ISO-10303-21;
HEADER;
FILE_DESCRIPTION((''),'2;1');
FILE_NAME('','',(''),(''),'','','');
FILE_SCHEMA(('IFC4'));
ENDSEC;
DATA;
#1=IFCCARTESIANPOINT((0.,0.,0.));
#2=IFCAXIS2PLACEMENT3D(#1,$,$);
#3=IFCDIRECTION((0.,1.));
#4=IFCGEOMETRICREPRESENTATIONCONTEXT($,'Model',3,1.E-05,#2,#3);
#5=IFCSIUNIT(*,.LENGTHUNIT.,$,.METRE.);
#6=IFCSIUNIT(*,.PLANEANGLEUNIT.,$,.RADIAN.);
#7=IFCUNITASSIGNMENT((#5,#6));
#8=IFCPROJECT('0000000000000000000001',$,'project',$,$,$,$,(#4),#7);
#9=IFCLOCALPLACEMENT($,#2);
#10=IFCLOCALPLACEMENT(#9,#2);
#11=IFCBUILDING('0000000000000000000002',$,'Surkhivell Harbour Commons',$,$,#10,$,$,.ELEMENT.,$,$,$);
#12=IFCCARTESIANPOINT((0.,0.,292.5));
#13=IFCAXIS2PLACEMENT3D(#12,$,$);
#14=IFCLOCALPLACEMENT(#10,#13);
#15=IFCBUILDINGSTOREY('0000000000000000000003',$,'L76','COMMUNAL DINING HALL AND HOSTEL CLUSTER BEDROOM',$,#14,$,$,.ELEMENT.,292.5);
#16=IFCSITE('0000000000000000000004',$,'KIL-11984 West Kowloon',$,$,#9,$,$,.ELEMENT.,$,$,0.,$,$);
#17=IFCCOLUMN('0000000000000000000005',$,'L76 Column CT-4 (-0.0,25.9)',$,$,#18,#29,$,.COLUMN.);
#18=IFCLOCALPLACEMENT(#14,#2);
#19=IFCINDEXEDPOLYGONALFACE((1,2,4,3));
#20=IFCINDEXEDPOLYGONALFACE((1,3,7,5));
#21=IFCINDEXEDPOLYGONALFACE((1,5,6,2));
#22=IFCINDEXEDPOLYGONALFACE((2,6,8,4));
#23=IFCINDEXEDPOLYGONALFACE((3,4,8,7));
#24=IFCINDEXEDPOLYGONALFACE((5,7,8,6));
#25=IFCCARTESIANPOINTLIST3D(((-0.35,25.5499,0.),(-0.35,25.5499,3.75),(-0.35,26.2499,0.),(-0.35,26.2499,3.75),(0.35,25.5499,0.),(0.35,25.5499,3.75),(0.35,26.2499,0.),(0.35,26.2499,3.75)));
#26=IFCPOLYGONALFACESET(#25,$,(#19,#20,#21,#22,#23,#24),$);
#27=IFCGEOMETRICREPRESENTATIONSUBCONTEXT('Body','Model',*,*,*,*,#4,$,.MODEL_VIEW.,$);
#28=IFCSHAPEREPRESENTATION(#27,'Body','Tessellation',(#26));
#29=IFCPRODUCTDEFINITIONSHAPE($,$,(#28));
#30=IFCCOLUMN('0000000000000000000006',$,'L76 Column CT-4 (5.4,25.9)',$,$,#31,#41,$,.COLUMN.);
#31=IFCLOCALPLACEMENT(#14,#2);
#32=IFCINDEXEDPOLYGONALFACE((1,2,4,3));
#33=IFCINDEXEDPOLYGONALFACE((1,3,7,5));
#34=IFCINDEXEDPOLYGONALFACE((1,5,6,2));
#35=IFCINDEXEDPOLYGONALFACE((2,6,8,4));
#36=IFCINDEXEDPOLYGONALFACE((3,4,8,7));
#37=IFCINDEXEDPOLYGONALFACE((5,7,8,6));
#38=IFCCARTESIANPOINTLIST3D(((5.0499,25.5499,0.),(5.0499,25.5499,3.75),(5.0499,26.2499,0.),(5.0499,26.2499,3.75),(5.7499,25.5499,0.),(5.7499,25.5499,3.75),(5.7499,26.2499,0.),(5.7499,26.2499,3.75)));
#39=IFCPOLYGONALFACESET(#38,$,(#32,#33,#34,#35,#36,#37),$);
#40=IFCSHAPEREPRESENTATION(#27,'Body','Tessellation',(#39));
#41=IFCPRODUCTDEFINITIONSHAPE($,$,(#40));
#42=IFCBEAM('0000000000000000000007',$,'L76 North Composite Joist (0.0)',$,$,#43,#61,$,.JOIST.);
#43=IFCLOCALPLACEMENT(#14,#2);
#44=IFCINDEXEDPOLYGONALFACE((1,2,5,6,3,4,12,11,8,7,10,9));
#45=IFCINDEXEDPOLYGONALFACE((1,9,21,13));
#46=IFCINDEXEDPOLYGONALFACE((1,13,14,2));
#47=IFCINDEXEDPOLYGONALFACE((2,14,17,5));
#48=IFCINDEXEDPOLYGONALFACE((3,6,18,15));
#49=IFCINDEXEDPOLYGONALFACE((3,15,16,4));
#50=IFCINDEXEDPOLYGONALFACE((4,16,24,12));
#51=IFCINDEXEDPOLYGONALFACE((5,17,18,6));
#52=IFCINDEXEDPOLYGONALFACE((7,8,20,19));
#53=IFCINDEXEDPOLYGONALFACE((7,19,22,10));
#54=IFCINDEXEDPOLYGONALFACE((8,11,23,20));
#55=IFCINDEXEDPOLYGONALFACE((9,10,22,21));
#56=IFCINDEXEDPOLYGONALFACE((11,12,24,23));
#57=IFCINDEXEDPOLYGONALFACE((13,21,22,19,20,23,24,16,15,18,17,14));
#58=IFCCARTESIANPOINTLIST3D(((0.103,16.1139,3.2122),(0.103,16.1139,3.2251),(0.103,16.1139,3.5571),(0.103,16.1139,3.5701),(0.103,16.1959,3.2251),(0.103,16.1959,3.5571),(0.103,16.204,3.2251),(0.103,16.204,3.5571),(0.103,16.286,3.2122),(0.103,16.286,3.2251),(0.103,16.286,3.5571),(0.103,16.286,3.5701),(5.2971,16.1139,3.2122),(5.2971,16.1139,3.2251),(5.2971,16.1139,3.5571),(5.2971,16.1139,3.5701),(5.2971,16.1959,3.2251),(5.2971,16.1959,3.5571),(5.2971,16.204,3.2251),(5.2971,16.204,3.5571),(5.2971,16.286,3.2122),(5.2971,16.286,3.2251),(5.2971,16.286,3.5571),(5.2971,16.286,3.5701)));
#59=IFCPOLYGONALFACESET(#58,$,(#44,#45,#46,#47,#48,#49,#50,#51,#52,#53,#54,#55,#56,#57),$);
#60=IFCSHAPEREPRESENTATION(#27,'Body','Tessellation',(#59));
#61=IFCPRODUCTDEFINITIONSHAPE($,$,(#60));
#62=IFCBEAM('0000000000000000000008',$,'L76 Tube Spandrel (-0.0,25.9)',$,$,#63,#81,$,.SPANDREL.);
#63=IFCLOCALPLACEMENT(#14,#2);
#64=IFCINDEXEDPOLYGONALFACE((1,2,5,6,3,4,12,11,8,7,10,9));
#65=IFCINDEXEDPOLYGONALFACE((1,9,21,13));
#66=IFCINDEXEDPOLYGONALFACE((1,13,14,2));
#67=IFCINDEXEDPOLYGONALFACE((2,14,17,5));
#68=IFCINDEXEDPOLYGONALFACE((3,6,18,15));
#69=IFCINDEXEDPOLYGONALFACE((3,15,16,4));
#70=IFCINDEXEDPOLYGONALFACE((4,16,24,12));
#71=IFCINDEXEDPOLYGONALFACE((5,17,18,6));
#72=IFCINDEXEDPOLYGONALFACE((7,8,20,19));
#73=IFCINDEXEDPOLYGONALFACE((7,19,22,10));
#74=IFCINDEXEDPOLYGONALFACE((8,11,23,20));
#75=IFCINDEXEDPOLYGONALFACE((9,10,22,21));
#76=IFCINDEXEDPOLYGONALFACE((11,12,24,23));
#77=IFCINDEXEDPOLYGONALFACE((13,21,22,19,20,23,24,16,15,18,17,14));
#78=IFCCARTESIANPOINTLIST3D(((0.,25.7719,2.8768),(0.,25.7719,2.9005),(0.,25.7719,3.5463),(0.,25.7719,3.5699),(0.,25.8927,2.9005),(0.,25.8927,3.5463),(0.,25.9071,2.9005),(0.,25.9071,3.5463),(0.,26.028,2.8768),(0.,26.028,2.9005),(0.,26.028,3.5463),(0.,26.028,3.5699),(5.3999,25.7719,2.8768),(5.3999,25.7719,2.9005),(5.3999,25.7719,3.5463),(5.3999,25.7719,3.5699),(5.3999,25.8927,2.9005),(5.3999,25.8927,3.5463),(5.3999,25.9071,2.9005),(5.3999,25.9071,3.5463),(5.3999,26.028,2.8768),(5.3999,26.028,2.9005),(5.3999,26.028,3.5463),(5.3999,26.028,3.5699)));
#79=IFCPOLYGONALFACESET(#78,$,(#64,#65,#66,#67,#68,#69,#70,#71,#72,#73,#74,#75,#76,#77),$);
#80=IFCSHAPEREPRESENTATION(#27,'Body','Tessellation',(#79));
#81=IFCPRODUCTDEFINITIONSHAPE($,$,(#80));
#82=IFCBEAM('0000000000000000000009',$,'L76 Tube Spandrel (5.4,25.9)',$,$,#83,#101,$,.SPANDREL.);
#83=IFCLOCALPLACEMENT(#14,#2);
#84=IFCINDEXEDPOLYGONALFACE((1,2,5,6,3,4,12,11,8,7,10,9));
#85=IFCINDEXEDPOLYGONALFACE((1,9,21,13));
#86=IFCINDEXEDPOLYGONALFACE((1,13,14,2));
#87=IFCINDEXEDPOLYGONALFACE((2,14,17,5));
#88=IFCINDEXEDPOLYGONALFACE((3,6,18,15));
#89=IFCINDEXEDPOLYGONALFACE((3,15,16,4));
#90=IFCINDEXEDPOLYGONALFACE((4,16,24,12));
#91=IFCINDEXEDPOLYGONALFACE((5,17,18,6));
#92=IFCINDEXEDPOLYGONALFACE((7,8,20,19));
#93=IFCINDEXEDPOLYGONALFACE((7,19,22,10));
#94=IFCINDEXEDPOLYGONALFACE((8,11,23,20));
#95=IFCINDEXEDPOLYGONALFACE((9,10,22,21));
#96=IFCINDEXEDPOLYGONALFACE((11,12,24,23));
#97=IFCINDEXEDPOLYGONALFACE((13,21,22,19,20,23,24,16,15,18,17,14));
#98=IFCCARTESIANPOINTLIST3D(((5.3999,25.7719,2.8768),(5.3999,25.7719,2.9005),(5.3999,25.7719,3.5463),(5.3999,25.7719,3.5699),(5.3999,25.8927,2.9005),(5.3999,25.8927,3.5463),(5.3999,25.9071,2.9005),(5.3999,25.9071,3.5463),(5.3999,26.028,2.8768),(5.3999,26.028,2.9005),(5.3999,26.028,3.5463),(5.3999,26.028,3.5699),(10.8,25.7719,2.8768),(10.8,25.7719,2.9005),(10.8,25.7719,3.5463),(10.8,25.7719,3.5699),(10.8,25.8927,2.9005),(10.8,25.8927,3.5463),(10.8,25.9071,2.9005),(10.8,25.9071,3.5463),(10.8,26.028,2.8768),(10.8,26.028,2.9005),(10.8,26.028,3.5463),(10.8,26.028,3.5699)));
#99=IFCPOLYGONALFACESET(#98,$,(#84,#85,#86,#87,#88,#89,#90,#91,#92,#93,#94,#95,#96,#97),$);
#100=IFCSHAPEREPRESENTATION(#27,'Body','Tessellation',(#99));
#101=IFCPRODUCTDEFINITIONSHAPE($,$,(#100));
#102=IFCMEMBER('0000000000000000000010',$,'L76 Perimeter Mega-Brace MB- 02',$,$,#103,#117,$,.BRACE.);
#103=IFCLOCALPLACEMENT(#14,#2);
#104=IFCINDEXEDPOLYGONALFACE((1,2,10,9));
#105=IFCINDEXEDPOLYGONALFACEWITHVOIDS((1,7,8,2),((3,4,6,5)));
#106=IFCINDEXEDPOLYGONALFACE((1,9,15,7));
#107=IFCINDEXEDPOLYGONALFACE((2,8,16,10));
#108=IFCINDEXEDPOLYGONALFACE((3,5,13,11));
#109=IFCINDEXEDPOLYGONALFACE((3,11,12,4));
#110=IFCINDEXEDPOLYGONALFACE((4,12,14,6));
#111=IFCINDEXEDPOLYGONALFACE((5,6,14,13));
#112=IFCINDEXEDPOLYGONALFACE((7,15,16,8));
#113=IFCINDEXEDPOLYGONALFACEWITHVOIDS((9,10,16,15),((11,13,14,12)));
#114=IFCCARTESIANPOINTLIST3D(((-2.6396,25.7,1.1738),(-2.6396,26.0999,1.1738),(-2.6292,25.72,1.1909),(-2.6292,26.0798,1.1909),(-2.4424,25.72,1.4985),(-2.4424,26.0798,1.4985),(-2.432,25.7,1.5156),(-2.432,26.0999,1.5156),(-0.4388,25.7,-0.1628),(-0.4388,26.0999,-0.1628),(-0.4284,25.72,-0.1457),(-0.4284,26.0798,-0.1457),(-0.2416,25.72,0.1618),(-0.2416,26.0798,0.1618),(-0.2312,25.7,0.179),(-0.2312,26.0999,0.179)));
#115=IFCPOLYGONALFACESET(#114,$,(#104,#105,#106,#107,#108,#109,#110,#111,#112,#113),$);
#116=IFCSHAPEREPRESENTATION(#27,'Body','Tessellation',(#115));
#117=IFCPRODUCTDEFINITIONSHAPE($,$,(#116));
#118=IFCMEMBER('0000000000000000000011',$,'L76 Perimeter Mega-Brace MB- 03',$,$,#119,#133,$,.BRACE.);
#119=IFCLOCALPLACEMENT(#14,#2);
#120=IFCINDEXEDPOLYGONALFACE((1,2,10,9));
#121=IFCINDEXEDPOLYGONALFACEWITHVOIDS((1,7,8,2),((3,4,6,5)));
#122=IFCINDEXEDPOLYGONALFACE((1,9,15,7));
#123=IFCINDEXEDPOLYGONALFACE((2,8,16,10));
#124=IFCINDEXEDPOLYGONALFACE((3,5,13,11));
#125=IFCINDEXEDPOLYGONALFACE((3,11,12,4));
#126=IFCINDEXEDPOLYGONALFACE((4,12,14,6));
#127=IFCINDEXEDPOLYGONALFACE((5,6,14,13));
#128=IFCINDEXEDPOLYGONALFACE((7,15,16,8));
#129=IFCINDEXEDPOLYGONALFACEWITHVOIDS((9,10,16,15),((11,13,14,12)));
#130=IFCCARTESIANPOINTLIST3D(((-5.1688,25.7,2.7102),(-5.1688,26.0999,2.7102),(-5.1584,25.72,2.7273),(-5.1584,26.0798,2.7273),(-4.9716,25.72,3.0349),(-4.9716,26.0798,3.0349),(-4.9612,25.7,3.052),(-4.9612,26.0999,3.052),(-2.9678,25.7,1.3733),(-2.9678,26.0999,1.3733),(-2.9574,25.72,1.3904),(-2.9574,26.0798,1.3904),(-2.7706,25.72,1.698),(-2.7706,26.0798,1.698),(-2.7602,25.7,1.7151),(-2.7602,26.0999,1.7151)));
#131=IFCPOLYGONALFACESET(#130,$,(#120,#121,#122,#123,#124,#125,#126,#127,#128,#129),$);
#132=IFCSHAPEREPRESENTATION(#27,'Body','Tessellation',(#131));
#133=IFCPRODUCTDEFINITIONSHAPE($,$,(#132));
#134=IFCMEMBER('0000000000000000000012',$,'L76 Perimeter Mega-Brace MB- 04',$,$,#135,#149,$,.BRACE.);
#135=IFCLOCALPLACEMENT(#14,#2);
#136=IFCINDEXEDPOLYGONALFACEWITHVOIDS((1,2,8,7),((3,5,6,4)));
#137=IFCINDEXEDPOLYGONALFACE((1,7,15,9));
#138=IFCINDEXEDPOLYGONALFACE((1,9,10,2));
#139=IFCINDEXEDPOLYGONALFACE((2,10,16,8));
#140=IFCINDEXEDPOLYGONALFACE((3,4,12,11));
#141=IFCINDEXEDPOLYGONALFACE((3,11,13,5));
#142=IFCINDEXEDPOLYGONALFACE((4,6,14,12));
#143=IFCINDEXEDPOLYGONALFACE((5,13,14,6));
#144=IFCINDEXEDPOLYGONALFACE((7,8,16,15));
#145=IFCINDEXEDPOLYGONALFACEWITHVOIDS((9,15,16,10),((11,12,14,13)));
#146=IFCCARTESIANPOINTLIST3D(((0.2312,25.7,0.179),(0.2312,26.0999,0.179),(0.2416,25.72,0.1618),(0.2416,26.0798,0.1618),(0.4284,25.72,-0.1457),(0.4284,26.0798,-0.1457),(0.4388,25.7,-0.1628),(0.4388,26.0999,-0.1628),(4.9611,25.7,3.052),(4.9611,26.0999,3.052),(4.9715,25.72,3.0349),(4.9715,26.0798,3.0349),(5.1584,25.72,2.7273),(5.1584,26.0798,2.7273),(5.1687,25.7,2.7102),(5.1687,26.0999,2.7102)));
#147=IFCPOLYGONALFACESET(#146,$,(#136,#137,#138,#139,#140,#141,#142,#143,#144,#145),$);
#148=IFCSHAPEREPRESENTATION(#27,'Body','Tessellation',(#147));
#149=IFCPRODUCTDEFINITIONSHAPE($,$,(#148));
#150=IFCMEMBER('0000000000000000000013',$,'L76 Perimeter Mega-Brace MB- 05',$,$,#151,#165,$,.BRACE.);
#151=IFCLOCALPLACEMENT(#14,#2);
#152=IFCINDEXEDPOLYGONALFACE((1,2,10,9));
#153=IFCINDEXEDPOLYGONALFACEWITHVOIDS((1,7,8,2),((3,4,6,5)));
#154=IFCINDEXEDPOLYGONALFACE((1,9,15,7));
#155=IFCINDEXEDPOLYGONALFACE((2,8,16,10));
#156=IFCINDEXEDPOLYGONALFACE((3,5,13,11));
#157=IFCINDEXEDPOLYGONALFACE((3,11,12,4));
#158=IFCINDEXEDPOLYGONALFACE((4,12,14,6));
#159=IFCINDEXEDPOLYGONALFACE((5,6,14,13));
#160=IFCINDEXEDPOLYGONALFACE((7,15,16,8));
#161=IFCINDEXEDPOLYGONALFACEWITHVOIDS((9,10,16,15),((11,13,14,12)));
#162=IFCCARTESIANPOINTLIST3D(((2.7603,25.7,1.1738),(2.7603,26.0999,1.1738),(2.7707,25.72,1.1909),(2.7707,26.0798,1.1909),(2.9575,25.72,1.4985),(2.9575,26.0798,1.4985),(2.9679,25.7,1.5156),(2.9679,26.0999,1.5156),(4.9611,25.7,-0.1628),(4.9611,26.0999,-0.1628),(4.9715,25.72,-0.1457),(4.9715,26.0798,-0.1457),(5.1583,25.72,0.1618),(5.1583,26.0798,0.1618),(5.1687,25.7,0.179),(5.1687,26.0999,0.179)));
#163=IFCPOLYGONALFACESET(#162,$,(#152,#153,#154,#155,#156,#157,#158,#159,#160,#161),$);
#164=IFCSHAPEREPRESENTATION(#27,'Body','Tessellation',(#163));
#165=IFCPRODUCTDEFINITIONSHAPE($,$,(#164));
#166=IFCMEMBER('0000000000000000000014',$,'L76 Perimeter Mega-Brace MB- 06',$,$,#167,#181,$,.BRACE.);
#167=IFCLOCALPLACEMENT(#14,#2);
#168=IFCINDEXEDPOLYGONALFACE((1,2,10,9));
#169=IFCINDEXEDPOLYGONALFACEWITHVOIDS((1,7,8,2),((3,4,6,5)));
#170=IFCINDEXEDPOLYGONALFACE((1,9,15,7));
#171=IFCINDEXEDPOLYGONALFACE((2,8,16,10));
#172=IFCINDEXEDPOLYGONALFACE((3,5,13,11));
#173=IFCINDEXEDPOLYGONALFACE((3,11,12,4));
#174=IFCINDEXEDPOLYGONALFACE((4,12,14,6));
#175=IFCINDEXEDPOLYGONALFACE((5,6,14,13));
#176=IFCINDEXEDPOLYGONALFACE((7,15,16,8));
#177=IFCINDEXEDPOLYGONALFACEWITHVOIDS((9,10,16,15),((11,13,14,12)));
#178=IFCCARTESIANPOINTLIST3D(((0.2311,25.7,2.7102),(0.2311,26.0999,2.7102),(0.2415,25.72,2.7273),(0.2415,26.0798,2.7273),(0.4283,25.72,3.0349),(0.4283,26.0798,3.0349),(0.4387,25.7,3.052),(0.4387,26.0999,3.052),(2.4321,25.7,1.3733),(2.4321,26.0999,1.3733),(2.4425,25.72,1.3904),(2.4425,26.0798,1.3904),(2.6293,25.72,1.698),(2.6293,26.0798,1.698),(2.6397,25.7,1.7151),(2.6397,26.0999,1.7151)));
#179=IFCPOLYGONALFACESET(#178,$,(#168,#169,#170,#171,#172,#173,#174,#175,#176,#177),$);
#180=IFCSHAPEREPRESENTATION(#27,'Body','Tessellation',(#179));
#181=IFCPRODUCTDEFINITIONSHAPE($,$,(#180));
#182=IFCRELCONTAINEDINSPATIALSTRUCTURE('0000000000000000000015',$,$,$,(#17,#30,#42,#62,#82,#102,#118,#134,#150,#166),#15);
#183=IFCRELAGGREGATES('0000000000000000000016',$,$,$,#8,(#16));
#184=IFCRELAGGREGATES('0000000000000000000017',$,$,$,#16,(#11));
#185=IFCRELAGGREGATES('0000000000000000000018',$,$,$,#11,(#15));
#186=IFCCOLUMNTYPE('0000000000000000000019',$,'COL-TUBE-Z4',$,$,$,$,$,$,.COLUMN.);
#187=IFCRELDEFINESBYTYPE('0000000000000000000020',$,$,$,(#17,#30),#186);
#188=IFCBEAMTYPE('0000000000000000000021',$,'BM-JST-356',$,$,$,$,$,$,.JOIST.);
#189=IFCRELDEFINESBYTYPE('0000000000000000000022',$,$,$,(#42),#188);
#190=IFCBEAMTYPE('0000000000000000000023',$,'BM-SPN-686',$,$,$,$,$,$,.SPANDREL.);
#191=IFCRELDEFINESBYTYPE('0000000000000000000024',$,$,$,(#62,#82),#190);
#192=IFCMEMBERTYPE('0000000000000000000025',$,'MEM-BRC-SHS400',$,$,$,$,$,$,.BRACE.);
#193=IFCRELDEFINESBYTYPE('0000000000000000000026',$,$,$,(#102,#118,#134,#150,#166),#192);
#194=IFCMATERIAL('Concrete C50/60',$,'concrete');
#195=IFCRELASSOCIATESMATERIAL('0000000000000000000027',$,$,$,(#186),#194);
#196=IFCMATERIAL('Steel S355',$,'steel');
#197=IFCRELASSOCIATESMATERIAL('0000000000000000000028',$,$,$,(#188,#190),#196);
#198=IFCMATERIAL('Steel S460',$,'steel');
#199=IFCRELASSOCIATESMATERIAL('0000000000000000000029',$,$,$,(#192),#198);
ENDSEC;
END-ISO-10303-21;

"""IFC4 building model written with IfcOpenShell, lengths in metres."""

from ifc_helpers import new_model, si_unit, direction, frame, origin, origin_2d, place, context, subcontext, project, spatial, rectangle, hollow_rectangle, i_section, extrude, material, material_profile, profile_set, type_object, element, save


model = new_model("IFC4")

# Units and contexts
model_context = context("Model", 3, precision=1e-05, world=origin(), true_north=direction((0.0, 1.0)))
body_context = subcontext(model_context, "Body", "Model", "MODEL_VIEW")
ifc_project = project(units=[si_unit("LENGTHUNIT", "METRE"), si_unit("PLANEANGLEUNIT", "RADIAN")], contexts=[model_context])

# Site, building, storey
site_placement = place(None, origin())
site = spatial("IfcSite", under=ifc_project, at=site_placement, Name="KIL-11984 West Kowloon", CompositionType="ELEMENT", RefElevation=0.0)
building_placement = place(site_placement, origin())
building = spatial("IfcBuilding", under=site, at=building_placement, Name="Surkhivell Harbour Commons", CompositionType="ELEMENT")
storey_placement = place(building_placement, frame((0.0, 0.0, 292.5)))
storey = spatial("IfcBuildingStorey", under=building, at=storey_placement, Name="L76", Description="COMMUNAL DINING HALL AND HOSTEL CLUSTER BEDROOM", CompositionType="ELEMENT", Elevation=292.5)

# Columns
ifc_material_1 = material(Name="Concrete C50/60", Category="concrete")
ifc_material_profile_1 = material_profile(ifc_material_1, rectangle(XDim=0.7, YDim=0.7, at=origin_2d()), Name="RC-COL-700x700")
ifc_profile_set_1 = profile_set([ifc_material_profile_1], Name="Concrete C50/60")
column_type = type_object("IfcColumnType", Name="COL-TUBE-Z4", PredefinedType="COLUMN", material=ifc_profile_set_1)
for number, where, z_axis, x_axis, name in (
    (1, (0.0, 25.8999, 0.0), (0.0, 0.0, 1.0), (1.0, 0.0, 0.0), "L76 Column CT-4 (-0.0,25.9)"),
    (2, (5.3999, 25.8999, 0.0), (0.0, 0.0, 1.0), (1.0, 0.0, 0.0), "L76 Column CT-4 (5.4,25.9)"),
):
    element("IfcColumn", number, at=place(storey_placement, frame(where, z_axis=z_axis, x_axis=x_axis)), inside=storey, type_object=column_type, Name=name, PredefinedType="COLUMN", context=body_context, shape_type="SweptSolid", body=[
        extrude(rectangle(XDim=0.7, YDim=0.7, at=origin_2d()), origin(), (0.0, 0.0, 1.0), 3.75),
    ])

# Beams
ifc_material_2 = material(Name="Steel S355", Category="steel")
ifc_material_profile_2 = material_profile(ifc_material_2, i_section(OverallWidth=0.1721, OverallDepth=0.3579, WebThickness=0.0081, FlangeThickness=0.0129, at=origin_2d()), Name="UB356x171x57")
ifc_profile_set_2 = profile_set([ifc_material_profile_2], Name="Steel S355")
beam_type_1 = type_object("IfcBeamType", Name="BM-JST-356", PredefinedType="JOIST", material=ifc_profile_set_2)
beam_1_placement = place(storey_placement, frame((0.103, 16.2, 3.3911), z_axis=(1.0, 0.0, 0.0), x_axis=(0.0, 1.0, 0.0)))
element("IfcBeam", 3, at=beam_1_placement, inside=storey, type_object=beam_type_1, Name="L76 North Composite Joist (0.0)", PredefinedType="JOIST", context=body_context, shape_type="SweptSolid", body=[
    extrude(i_section(OverallWidth=0.1721, OverallDepth=0.3579, WebThickness=0.0081, FlangeThickness=0.0129, at=origin_2d()), origin(), (0.0, 0.0, 1.0), 5.1941),
])
ifc_material_profile_3 = material_profile(ifc_material_2, i_section(OverallWidth=0.2561, OverallDepth=0.6931, WebThickness=0.0144, FlangeThickness=0.0237, at=origin_2d()), Name="UB686x254x170")
ifc_profile_set_3 = profile_set([ifc_material_profile_3], Name="Steel S355")
beam_type_2 = type_object("IfcBeamType", Name="BM-SPN-686", PredefinedType="SPANDREL", material=ifc_profile_set_3)
beam_2_placement = place(storey_placement, frame((0.0, 25.8999, 3.2234), z_axis=(1.0, 0.0, 0.0), x_axis=(0.0, 1.0, 0.0)))
element("IfcBeam", 4, at=beam_2_placement, inside=storey, type_object=beam_type_2, Name="L76 Tube Spandrel (-0.0,25.9)", PredefinedType="SPANDREL", context=body_context, shape_type="SweptSolid", body=[
    extrude(i_section(OverallWidth=0.2561, OverallDepth=0.6931, WebThickness=0.0144, FlangeThickness=0.0237, at=origin_2d()), origin(), (0.0, 0.0, 1.0), 5.3999),
])
beam_3_placement = place(storey_placement, frame((5.3999, 25.8999, 3.2234), z_axis=(1.0, 0.0, 0.0), x_axis=(0.0, 1.0, 0.0)))
element("IfcBeam", 5, at=beam_3_placement, inside=storey, type_object=beam_type_2, Name="L76 Tube Spandrel (5.4,25.9)", PredefinedType="SPANDREL", context=body_context, shape_type="SweptSolid", body=[
    extrude(i_section(OverallWidth=0.2561, OverallDepth=0.6931, WebThickness=0.0144, FlangeThickness=0.0237, at=origin_2d()), origin(), (0.0, 0.0, 1.0), 5.4001),
])

# Members
ifc_material_3 = material(Name="Steel S460", Category="steel")
ifc_material_profile_4 = material_profile(ifc_material_3, hollow_rectangle(XDim=0.3999, YDim=0.3999, WallThickness=0.02, at=origin_2d()), Name="SHS400x400x20")
ifc_profile_set_4 = profile_set([ifc_material_profile_4], Name="Steel S460")
member_type = type_object("IfcMemberType", Name="MEM-BRC-SHS400", PredefinedType="BRACE", material=ifc_profile_set_4)
member_1_placement = place(storey_placement, frame((-0.335, 25.8999, 0.0081), z_axis=(-0.85472, 0.0, 0.519089), x_axis=(0.0, -1.0, 0.0)))
element("IfcMember", 6, at=member_1_placement, inside=storey, type_object=member_type, Name="L76 Perimeter Mega-Brace MB- 02", PredefinedType="BRACE", context=body_context, shape_type="SweptSolid", body=[
    extrude(hollow_rectangle(XDim=0.3999, YDim=0.3999, WallThickness=0.02, at=origin_2d()), origin(), (0.0, 0.0, 1.0), 2.575),
])
member_2_placement = place(storey_placement, frame((-2.864, 25.8999, 1.5442), z_axis=(-0.854678, 0.0, 0.519159), x_axis=(0.0, -1.0, 0.0)))
element("IfcMember", 7, at=member_2_placement, inside=storey, type_object=member_type, Name="L76 Perimeter Mega-Brace MB- 03", PredefinedType="BRACE", context=body_context, shape_type="SweptSolid", body=[
    extrude(hollow_rectangle(XDim=0.3999, YDim=0.3999, WallThickness=0.02, at=origin_2d()), origin(), (0.0, 0.0, 1.0), 2.5752),
])
member_3_placement = place(storey_placement, frame((0.335, 25.8999, 0.0081), z_axis=(0.854685, 0.0, 0.519146), x_axis=(0.0, 1.0, 0.0)))
element("IfcMember", 8, at=member_3_placement, inside=storey, type_object=member_type, Name="L76 Perimeter Mega-Brace MB- 04", PredefinedType="BRACE", context=body_context, shape_type="SweptSolid", body=[
    extrude(hollow_rectangle(XDim=0.3999, YDim=0.3999, WallThickness=0.02, at=origin_2d()), origin(), (0.0, 0.0, 1.0), 5.5342),
])
member_4_placement = place(storey_placement, frame((5.0649, 25.8999, 0.0081), z_axis=(-0.85472, 0.0, 0.519089), x_axis=(0.0, -1.0, 0.0)))
element("IfcMember", 9, at=member_4_placement, inside=storey, type_object=member_type, Name="L76 Perimeter Mega-Brace MB- 05", PredefinedType="BRACE", context=body_context, shape_type="SweptSolid", body=[
    extrude(hollow_rectangle(XDim=0.3999, YDim=0.3999, WallThickness=0.02, at=origin_2d()), origin(), (0.0, 0.0, 1.0), 2.575),
])
member_5_placement = place(storey_placement, frame((2.5359, 25.8999, 1.5442), z_axis=(-0.854678, 0.0, 0.519159), x_axis=(0.0, -1.0, 0.0)))
element("IfcMember", 10, at=member_5_placement, inside=storey, type_object=member_type, Name="L76 Perimeter Mega-Brace MB- 06", PredefinedType="BRACE", context=body_context, shape_type="SweptSolid", body=[
    extrude(hollow_rectangle(XDim=0.3999, YDim=0.3999, WallThickness=0.02, at=origin_2d()), origin(), (0.0, 0.0, 1.0), 2.5752),
])

save(model, "model.ifc")
